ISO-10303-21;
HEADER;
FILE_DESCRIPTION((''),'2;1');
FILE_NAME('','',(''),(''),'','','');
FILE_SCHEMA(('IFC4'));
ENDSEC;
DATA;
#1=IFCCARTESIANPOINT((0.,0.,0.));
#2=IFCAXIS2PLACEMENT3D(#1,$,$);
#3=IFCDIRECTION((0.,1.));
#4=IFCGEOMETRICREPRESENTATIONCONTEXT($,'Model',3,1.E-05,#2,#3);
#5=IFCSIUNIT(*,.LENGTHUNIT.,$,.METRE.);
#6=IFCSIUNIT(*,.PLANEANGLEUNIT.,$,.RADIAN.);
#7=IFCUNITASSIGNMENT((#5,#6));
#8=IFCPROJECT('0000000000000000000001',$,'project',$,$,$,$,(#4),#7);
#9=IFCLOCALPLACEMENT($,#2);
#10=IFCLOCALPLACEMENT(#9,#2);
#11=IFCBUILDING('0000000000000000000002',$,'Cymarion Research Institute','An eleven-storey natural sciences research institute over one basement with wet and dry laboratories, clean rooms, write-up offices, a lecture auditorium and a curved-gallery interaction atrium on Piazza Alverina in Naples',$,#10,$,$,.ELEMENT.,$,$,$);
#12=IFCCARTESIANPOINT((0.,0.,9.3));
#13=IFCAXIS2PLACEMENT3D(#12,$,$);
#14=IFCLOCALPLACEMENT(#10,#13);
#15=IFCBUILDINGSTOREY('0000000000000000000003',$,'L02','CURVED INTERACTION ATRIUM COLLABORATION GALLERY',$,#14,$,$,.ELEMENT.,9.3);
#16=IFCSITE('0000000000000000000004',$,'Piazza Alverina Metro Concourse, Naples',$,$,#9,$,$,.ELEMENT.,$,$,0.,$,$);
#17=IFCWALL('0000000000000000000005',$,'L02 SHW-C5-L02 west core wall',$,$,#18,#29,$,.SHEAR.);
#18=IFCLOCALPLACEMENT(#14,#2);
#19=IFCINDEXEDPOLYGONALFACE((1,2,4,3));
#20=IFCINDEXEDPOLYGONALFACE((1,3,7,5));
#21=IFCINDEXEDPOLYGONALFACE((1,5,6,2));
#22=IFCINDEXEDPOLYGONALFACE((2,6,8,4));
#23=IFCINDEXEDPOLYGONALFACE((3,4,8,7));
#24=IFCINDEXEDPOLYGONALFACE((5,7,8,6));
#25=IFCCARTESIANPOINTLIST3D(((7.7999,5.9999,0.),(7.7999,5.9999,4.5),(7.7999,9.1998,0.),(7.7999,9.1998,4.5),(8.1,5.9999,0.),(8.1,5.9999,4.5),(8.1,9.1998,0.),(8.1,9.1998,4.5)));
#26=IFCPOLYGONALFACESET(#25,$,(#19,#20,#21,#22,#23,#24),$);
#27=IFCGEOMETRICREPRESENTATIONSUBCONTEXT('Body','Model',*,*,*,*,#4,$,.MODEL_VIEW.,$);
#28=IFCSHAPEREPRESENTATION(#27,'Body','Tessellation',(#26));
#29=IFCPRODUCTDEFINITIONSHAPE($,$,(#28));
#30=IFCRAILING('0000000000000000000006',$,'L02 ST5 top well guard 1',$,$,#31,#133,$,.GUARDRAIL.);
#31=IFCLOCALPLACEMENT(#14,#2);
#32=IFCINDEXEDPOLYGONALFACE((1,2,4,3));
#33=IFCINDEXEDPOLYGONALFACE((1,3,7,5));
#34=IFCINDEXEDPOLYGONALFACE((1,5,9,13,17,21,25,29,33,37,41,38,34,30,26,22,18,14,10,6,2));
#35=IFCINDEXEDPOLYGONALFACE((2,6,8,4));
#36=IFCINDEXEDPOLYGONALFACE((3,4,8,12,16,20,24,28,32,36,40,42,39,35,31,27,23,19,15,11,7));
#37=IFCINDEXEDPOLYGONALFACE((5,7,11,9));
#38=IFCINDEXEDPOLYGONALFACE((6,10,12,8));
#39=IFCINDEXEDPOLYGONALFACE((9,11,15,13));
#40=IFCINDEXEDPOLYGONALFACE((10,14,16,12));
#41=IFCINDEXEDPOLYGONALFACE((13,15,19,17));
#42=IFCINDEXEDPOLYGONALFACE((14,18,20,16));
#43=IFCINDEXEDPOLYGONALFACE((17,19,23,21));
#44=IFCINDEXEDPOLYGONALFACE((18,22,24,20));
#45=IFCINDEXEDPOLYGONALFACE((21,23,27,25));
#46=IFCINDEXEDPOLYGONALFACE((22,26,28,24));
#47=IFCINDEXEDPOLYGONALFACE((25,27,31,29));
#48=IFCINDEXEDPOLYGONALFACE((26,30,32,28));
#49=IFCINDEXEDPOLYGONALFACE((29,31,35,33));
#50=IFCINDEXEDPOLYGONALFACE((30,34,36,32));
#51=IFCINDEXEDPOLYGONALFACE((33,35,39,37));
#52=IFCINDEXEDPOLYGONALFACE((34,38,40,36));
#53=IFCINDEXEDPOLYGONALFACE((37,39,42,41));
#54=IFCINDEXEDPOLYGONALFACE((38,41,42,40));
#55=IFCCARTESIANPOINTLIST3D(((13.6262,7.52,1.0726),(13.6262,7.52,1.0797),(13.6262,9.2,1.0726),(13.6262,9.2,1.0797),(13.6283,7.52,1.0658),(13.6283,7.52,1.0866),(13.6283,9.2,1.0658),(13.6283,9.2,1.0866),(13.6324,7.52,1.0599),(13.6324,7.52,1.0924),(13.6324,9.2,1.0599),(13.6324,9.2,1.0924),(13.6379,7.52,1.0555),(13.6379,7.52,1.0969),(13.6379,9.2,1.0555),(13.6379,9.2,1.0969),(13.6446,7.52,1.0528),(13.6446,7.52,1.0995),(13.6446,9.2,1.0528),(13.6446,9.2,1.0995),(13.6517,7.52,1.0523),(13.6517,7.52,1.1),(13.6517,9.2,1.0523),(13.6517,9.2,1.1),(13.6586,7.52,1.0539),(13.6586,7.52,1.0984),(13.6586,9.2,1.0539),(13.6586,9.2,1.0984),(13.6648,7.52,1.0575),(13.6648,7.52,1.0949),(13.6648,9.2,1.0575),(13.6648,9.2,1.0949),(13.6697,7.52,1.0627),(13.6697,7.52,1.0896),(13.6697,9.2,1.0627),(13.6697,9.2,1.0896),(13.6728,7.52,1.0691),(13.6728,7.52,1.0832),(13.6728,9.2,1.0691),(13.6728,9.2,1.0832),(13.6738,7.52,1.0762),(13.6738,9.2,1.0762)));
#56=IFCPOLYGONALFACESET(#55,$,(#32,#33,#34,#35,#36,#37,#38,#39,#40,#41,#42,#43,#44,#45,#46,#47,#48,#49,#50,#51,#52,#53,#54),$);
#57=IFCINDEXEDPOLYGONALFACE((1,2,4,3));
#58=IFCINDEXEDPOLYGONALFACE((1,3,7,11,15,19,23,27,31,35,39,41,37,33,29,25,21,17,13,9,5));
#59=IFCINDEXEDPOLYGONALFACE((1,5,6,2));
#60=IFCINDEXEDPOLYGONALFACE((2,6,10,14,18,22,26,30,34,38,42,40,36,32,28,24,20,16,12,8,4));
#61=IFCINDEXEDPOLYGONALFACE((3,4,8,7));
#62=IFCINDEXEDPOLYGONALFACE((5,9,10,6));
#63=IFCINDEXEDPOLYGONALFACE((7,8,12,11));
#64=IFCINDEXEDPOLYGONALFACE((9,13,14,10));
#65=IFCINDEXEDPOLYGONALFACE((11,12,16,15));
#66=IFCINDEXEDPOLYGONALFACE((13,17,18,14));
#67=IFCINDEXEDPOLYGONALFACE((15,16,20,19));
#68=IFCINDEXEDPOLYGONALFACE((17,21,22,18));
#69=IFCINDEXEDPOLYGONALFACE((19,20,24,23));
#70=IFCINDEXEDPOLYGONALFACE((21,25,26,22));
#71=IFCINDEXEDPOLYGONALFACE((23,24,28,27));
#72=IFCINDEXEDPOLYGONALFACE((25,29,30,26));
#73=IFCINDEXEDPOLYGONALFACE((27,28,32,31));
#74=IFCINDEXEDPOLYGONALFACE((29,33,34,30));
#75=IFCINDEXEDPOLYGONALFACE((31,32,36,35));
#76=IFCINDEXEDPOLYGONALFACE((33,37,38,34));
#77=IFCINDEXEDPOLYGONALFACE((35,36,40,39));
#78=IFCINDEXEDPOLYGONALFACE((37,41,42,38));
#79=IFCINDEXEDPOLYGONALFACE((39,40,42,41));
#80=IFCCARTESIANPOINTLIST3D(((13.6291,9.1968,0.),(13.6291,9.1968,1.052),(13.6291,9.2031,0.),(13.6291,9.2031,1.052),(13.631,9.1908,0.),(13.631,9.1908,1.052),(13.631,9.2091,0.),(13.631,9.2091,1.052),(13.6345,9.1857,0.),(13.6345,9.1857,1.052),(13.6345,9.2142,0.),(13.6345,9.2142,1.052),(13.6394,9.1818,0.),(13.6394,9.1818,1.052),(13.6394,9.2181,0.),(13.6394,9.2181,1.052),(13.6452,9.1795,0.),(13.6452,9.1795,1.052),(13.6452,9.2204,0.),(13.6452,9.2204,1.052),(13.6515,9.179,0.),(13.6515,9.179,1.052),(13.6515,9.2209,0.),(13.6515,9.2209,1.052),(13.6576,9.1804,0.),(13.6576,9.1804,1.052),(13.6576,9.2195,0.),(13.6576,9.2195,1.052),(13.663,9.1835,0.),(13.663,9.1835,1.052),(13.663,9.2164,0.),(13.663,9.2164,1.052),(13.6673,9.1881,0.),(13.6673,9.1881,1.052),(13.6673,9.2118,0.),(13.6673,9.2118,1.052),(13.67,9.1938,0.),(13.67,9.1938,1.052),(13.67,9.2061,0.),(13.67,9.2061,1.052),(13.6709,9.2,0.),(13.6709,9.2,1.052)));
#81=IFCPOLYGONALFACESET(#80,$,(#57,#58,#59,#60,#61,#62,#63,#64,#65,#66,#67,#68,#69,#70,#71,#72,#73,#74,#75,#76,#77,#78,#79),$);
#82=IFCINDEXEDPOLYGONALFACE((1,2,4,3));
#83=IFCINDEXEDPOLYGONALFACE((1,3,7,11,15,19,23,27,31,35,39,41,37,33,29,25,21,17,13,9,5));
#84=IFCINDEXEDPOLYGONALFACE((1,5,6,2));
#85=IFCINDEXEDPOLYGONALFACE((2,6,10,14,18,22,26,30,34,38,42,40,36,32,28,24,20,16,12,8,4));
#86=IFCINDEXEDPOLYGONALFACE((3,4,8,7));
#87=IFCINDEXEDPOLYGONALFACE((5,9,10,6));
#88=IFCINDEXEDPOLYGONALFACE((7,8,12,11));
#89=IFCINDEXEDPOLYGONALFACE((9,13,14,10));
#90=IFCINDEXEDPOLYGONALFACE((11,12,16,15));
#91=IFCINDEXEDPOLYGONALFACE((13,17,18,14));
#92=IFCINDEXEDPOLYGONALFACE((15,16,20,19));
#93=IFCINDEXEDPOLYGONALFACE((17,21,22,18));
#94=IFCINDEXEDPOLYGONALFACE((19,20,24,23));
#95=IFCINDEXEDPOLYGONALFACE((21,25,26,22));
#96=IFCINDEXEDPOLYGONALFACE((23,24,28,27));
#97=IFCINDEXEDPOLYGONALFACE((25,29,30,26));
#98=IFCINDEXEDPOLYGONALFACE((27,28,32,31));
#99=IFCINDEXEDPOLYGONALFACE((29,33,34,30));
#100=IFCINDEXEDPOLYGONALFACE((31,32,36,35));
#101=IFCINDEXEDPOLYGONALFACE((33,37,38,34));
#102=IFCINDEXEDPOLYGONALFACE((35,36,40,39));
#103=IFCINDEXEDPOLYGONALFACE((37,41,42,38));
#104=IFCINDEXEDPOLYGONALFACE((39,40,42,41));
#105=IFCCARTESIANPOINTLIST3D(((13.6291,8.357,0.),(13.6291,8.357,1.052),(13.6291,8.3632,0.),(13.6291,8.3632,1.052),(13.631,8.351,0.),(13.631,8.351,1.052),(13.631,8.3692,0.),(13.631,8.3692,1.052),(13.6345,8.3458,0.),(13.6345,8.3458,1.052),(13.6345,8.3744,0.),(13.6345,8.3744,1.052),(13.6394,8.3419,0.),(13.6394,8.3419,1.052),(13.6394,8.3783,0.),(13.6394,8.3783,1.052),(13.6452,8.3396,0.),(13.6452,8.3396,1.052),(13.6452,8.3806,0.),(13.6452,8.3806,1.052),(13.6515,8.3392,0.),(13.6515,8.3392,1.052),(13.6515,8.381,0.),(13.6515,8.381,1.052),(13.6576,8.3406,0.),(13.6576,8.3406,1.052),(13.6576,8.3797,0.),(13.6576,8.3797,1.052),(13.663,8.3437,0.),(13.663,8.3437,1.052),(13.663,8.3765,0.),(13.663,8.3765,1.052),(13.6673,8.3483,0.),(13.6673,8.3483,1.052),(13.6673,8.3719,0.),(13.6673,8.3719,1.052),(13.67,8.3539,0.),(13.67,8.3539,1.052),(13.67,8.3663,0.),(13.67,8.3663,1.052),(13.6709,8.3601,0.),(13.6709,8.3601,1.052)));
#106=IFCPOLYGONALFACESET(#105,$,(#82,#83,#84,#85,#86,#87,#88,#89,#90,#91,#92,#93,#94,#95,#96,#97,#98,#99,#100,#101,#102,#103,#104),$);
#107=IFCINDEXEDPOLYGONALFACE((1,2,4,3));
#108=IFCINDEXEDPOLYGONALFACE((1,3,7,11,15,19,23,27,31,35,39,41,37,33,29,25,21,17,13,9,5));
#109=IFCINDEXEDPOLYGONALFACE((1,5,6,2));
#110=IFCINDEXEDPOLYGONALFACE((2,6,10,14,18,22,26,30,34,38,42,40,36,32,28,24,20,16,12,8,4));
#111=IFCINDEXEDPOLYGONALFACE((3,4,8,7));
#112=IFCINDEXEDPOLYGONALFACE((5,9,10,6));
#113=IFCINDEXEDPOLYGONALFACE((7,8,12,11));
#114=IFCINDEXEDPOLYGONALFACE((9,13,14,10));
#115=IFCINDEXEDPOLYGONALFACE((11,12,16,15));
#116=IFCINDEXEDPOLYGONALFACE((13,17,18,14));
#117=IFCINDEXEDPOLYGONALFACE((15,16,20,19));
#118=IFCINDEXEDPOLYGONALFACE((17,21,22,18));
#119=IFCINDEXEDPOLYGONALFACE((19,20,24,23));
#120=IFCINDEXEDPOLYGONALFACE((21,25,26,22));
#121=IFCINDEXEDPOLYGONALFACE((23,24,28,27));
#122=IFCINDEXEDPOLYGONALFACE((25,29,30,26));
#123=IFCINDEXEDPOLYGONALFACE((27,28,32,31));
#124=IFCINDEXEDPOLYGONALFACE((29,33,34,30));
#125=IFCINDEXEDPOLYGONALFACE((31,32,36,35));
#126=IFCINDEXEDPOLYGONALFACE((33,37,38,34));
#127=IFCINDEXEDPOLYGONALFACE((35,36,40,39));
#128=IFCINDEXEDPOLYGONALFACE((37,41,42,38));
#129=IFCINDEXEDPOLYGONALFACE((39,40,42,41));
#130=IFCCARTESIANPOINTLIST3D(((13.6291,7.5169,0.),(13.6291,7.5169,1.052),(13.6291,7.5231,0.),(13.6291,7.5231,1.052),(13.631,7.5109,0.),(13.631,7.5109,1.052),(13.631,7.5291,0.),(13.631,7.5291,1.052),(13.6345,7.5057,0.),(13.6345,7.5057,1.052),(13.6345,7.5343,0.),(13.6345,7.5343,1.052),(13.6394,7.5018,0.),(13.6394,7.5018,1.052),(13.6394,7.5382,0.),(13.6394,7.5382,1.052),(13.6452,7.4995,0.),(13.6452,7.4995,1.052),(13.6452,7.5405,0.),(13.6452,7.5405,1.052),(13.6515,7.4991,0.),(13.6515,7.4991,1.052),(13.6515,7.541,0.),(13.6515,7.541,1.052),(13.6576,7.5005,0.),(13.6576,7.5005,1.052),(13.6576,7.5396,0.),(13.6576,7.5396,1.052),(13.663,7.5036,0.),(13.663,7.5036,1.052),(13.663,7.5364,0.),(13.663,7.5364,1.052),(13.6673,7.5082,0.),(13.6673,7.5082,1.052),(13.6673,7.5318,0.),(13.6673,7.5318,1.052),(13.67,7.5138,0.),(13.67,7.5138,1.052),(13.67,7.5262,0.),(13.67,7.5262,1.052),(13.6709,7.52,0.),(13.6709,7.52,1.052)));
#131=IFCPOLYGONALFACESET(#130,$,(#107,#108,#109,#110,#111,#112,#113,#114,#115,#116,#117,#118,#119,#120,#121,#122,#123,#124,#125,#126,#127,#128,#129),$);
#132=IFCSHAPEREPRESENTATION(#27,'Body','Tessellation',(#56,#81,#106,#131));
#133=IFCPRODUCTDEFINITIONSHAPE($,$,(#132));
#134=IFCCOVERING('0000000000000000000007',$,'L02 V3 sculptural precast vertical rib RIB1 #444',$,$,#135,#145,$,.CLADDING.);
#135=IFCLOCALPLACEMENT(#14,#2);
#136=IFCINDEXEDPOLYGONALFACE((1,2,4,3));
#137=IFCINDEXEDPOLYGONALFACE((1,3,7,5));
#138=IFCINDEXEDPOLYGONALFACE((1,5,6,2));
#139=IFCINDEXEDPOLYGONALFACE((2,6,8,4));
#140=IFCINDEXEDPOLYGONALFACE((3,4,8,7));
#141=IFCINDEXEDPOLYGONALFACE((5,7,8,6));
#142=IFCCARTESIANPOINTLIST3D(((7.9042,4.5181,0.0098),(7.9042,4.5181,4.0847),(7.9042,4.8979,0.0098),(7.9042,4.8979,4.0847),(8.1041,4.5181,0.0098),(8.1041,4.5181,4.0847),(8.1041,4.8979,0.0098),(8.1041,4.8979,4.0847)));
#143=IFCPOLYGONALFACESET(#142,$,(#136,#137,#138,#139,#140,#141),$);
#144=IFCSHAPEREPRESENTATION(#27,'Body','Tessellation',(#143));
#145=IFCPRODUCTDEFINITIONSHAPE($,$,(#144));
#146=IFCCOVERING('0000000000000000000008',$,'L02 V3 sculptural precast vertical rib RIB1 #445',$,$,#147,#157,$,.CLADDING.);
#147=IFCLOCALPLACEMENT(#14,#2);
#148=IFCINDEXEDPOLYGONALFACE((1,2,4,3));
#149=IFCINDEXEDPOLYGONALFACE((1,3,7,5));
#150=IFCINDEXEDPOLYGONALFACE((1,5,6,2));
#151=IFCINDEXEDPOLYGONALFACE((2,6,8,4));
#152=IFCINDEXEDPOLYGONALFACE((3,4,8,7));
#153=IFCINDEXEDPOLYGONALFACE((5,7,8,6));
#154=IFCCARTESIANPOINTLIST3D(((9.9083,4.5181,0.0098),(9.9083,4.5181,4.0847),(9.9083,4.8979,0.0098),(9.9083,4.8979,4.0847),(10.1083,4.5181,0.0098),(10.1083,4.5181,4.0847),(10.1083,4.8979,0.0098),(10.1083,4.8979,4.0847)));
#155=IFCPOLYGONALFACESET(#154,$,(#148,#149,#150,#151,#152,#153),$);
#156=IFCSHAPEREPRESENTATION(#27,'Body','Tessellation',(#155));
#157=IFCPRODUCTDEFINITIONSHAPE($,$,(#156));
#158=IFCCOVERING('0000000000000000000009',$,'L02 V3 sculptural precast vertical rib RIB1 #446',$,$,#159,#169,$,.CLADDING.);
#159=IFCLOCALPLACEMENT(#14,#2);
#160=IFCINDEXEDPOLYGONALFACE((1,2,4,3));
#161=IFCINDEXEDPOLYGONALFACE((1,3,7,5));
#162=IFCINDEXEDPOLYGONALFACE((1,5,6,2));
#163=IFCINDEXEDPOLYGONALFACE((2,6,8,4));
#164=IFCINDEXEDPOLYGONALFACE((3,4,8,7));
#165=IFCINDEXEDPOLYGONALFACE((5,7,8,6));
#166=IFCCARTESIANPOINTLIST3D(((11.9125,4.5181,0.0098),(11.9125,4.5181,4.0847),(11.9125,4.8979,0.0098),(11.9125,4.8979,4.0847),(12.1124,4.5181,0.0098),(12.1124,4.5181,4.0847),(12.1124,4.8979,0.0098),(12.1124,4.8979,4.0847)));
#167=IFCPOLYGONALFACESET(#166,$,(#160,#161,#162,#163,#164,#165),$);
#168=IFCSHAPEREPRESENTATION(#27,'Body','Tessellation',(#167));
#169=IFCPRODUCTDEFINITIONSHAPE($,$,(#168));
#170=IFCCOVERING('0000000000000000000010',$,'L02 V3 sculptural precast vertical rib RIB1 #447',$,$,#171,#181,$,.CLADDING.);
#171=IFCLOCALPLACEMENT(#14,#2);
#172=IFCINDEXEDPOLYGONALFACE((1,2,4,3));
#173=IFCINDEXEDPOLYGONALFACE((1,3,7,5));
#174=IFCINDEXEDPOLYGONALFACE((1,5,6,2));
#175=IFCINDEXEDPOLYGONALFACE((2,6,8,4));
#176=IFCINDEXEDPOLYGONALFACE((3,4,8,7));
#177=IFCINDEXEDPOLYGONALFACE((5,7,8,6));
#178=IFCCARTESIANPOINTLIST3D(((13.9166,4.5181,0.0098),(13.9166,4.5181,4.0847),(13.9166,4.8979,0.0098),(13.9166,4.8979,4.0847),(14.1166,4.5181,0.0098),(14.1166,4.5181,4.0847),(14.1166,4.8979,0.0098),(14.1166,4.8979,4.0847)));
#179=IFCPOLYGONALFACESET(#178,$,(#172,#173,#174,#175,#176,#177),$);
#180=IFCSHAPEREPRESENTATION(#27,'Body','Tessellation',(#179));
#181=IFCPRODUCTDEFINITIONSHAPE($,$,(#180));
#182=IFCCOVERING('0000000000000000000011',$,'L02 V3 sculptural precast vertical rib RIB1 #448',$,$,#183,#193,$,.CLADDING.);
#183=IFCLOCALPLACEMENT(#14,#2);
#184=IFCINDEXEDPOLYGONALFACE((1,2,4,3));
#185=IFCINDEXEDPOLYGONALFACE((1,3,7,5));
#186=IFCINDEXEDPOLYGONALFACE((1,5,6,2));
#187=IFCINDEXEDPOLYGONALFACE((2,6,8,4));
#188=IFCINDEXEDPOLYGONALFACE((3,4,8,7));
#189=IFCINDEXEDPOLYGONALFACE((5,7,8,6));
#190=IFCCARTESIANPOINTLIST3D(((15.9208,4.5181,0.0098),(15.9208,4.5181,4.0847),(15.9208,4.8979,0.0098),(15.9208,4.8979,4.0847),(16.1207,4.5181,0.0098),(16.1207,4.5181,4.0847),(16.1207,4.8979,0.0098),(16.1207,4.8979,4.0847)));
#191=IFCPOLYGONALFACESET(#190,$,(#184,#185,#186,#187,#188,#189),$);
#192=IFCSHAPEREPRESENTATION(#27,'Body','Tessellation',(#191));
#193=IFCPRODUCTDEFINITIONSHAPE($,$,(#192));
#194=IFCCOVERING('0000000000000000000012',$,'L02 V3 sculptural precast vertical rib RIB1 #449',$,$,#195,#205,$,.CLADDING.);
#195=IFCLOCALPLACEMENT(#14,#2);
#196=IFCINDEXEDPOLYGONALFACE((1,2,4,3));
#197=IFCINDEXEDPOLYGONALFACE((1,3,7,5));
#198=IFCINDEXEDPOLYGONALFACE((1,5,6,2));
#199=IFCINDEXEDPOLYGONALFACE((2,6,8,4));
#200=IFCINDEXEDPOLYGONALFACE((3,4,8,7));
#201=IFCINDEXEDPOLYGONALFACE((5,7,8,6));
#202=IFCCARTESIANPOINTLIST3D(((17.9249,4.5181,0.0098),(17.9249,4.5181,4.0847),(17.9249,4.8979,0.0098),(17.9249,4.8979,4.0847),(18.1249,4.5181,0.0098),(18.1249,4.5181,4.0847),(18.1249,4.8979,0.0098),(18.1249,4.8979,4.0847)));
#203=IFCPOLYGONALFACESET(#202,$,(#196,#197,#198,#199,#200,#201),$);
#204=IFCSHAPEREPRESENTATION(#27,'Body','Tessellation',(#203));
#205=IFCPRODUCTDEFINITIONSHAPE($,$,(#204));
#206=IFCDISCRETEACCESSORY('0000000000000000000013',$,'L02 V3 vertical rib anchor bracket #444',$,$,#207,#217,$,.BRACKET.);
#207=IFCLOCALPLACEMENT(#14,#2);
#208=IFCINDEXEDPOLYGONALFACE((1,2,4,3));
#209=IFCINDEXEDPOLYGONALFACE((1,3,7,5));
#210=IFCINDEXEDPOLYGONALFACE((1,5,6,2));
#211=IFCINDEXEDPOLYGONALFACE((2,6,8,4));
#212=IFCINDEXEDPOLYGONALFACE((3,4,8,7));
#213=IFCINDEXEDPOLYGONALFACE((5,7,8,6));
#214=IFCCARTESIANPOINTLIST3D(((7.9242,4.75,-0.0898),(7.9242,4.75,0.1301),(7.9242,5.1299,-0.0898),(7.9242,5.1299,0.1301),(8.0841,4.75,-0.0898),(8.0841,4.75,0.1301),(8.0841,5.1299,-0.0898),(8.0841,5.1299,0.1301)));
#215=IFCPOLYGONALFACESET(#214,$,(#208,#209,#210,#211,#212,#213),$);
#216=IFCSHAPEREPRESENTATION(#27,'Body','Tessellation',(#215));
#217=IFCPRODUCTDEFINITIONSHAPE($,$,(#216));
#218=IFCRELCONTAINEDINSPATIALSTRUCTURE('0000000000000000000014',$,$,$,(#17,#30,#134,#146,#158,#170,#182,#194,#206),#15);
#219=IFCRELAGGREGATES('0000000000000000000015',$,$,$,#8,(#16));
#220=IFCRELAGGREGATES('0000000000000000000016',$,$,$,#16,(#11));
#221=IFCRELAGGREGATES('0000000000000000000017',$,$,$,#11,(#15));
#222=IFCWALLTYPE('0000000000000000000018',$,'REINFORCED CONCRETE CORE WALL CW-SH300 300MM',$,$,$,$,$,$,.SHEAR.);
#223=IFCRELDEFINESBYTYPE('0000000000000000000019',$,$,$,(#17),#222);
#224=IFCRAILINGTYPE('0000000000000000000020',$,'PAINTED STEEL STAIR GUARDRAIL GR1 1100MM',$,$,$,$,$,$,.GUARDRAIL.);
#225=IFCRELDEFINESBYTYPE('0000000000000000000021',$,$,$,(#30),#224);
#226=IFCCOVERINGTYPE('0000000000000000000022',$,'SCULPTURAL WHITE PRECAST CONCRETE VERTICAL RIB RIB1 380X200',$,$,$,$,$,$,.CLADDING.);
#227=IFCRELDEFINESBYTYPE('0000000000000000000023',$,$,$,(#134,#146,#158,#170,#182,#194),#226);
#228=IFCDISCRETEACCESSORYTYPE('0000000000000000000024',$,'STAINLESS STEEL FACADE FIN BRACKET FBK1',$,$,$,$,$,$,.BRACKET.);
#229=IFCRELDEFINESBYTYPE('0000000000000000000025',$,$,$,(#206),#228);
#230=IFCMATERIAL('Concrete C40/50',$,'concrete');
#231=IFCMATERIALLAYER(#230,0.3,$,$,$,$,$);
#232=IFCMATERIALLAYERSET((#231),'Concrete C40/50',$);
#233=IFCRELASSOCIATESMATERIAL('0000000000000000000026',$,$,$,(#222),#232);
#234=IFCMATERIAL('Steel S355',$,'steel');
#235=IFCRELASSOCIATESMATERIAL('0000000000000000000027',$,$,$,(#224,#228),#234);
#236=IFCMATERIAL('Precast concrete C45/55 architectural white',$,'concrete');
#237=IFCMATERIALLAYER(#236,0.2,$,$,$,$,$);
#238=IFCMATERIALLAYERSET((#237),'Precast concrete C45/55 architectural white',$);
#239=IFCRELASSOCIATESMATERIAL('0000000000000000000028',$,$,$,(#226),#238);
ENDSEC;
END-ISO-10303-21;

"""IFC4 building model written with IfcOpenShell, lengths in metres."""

from ifc_helpers import new_model, si_unit, direction, frame, frame_2d, origin, origin_2d, place, context, subcontext, project, spatial, rectangle, circle, extrude, material, layer, layer_set, type_object, element, save


model = new_model("IFC4")

# Units and contexts
model_context = context("Model", 3, precision=1e-05, world=origin(), true_north=direction((0.0, 1.0)))
body_context = subcontext(model_context, "Body", "Model", "MODEL_VIEW")
ifc_project = project(units=[si_unit("LENGTHUNIT", "METRE"), si_unit("PLANEANGLEUNIT", "RADIAN")], contexts=[model_context])

# Site, building, storey
site_placement = place(None, origin())
site = spatial("IfcSite", under=ifc_project, at=site_placement, Name="Piazza Alverina Metro Concourse, Naples", CompositionType="ELEMENT", RefElevation=0.0)
building_placement = place(site_placement, origin())
building = spatial("IfcBuilding", under=site, at=building_placement, Name="Cymarion Research Institute", Description="An eleven-storey natural sciences research institute over one basement with wet and dry laboratories, clean rooms, write-up offices, a lecture auditorium and a curved-gallery interaction atrium on Piazza Alverina in Naples", CompositionType="ELEMENT")
storey_placement = place(building_placement, frame((0.0, 0.0, 9.3)))
storey = spatial("IfcBuildingStorey", under=building, at=storey_placement, Name="L02", Description="CURVED INTERACTION ATRIUM COLLABORATION GALLERY", CompositionType="ELEMENT", Elevation=9.3)

# Shared definitions
ifc_material_1 = material(Name="Concrete C40/50", Category="concrete")
ifc_material_2 = material(Name="Steel S355", Category="steel")

# Wall
ifc_layer_1 = layer(ifc_material_1, 0.3)
ifc_layer_set_1 = layer_set([ifc_layer_1], Name="Concrete C40/50")
wall_type = type_object("IfcWallType", Name="REINFORCED CONCRETE CORE WALL CW-SH300 300MM", PredefinedType="SHEAR", material=ifc_layer_set_1)
wall_1_placement = place(storey_placement, frame((7.95, 9.2, 0.0), z_axis=(0.0, 0.0, 1.0), x_axis=(0.0, -1.0, 0.0)))
element("IfcWall", 1, at=wall_1_placement, inside=storey, type_object=wall_type, Name="L02 SHW-C5-L02 west core wall", PredefinedType="SHEAR", context=body_context, shape_type="SweptSolid", body=[
    extrude(rectangle(XDim=3.2, YDim=0.3, at=frame_2d((1.6001, 0.0))), origin(), (0.0, 0.0, 1.0), 4.5),
])

# Railing
railing_type = type_object("IfcRailingType", Name="PAINTED STEEL STAIR GUARDRAIL GR1 1100MM", PredefinedType="GUARDRAIL", material=ifc_material_2)
railing_placement = place(storey_placement, frame((13.6499, 9.2, 0.0)))
element("IfcRailing", 2, at=railing_placement, inside=storey, type_object=railing_type, Name="L02 ST5 top well guard 1", PredefinedType="GUARDRAIL", context=body_context, shape_type="SweptSolid", body=[
    extrude(circle(Radius=0.0239, at=origin_2d()), frame((0.0, 0.0, 1.0762), z_axis=(0.0, -1.0, 0.0), x_axis=(1.0, 0.0, 0.0)), (0.0, 0.0, 1.0), 1.6799),
    extrude(circle(Radius=0.021, at=origin_2d()), origin(), (0.0, 0.0, 1.0), 1.052),
    extrude(circle(Radius=0.021, at=origin_2d()), frame((0.0, -0.8398, 0.0)), (0.0, 0.0, 1.0), 1.052),
    extrude(circle(Radius=0.021, at=origin_2d()), frame((0.0, -1.6799, 0.0)), (0.0, 0.0, 1.0), 1.052),
])

# Coverings
ifc_material_3 = material(Name="Precast concrete C45/55 architectural white", Category="concrete")
ifc_layer_2 = layer(ifc_material_3, 0.2)
ifc_layer_set_2 = layer_set([ifc_layer_2], Name="Precast concrete C45/55 architectural white")
covering_type = type_object("IfcCoveringType", Name="SCULPTURAL WHITE PRECAST CONCRETE VERTICAL RIB RIB1 380X200", PredefinedType="CLADDING", material=ifc_layer_set_2)
for number, where, z_axis, x_axis, name in (
    (3, (8.0042, 4.708, 0.0098), (0.0, 0.0, 1.0), (0.0, -1.0, 0.0), "L02 V3 sculptural precast vertical rib RIB1 #444"),
    (4, (10.0083, 4.708, 0.0098), (0.0, 0.0, 1.0), (0.0, -1.0, 0.0), "L02 V3 sculptural precast vertical rib RIB1 #445"),
    (5, (12.0125, 4.708, 0.0098), (0.0, 0.0, 1.0), (0.0, -1.0, 0.0), "L02 V3 sculptural precast vertical rib RIB1 #446"),
    (6, (14.0166, 4.708, 0.0098), (0.0, 0.0, 1.0), (0.0, -1.0, 0.0), "L02 V3 sculptural precast vertical rib RIB1 #447"),
    (7, (16.0208, 4.708, 0.0098), (0.0, 0.0, 1.0), (0.0, -1.0, 0.0), "L02 V3 sculptural precast vertical rib RIB1 #448"),
    (8, (18.0249, 4.708, 0.0098), (0.0, 0.0, 1.0), (0.0, -1.0, 0.0), "L02 V3 sculptural precast vertical rib RIB1 #449"),
):
    element("IfcCovering", number, at=place(storey_placement, frame(where, z_axis=z_axis, x_axis=x_axis)), inside=storey, type_object=covering_type, Name=name, PredefinedType="CLADDING", context=body_context, shape_type="SweptSolid", body=[
        extrude(rectangle(XDim=0.3799, YDim=0.2, at=origin_2d()), origin(), (0.0, 0.0, 1.0), 4.075),
    ])

# Discrete accessory
discrete_accessory_type = type_object("IfcDiscreteAccessoryType", Name="STAINLESS STEEL FACADE FIN BRACKET FBK1", PredefinedType="BRACKET", material=ifc_material_2)
for number, where, z_axis, x_axis, name in (
    (9, (8.0042, 4.9399, -0.0898), (0.0, 0.0, 1.0), (0.0, -1.0, 0.0), "L02 V3 vertical rib anchor bracket #444"),
):
    element("IfcDiscreteAccessory", number, at=place(storey_placement, frame(where, z_axis=z_axis, x_axis=x_axis)), inside=storey, type_object=discrete_accessory_type, Name=name, PredefinedType="BRACKET", context=body_context, shape_type="SweptSolid", body=[
        extrude(rectangle(XDim=0.3799, YDim=0.1599, at=origin_2d()), origin(), (0.0, 0.0, 1.0), 0.22),
    ])

save(model, "model.ifc")
